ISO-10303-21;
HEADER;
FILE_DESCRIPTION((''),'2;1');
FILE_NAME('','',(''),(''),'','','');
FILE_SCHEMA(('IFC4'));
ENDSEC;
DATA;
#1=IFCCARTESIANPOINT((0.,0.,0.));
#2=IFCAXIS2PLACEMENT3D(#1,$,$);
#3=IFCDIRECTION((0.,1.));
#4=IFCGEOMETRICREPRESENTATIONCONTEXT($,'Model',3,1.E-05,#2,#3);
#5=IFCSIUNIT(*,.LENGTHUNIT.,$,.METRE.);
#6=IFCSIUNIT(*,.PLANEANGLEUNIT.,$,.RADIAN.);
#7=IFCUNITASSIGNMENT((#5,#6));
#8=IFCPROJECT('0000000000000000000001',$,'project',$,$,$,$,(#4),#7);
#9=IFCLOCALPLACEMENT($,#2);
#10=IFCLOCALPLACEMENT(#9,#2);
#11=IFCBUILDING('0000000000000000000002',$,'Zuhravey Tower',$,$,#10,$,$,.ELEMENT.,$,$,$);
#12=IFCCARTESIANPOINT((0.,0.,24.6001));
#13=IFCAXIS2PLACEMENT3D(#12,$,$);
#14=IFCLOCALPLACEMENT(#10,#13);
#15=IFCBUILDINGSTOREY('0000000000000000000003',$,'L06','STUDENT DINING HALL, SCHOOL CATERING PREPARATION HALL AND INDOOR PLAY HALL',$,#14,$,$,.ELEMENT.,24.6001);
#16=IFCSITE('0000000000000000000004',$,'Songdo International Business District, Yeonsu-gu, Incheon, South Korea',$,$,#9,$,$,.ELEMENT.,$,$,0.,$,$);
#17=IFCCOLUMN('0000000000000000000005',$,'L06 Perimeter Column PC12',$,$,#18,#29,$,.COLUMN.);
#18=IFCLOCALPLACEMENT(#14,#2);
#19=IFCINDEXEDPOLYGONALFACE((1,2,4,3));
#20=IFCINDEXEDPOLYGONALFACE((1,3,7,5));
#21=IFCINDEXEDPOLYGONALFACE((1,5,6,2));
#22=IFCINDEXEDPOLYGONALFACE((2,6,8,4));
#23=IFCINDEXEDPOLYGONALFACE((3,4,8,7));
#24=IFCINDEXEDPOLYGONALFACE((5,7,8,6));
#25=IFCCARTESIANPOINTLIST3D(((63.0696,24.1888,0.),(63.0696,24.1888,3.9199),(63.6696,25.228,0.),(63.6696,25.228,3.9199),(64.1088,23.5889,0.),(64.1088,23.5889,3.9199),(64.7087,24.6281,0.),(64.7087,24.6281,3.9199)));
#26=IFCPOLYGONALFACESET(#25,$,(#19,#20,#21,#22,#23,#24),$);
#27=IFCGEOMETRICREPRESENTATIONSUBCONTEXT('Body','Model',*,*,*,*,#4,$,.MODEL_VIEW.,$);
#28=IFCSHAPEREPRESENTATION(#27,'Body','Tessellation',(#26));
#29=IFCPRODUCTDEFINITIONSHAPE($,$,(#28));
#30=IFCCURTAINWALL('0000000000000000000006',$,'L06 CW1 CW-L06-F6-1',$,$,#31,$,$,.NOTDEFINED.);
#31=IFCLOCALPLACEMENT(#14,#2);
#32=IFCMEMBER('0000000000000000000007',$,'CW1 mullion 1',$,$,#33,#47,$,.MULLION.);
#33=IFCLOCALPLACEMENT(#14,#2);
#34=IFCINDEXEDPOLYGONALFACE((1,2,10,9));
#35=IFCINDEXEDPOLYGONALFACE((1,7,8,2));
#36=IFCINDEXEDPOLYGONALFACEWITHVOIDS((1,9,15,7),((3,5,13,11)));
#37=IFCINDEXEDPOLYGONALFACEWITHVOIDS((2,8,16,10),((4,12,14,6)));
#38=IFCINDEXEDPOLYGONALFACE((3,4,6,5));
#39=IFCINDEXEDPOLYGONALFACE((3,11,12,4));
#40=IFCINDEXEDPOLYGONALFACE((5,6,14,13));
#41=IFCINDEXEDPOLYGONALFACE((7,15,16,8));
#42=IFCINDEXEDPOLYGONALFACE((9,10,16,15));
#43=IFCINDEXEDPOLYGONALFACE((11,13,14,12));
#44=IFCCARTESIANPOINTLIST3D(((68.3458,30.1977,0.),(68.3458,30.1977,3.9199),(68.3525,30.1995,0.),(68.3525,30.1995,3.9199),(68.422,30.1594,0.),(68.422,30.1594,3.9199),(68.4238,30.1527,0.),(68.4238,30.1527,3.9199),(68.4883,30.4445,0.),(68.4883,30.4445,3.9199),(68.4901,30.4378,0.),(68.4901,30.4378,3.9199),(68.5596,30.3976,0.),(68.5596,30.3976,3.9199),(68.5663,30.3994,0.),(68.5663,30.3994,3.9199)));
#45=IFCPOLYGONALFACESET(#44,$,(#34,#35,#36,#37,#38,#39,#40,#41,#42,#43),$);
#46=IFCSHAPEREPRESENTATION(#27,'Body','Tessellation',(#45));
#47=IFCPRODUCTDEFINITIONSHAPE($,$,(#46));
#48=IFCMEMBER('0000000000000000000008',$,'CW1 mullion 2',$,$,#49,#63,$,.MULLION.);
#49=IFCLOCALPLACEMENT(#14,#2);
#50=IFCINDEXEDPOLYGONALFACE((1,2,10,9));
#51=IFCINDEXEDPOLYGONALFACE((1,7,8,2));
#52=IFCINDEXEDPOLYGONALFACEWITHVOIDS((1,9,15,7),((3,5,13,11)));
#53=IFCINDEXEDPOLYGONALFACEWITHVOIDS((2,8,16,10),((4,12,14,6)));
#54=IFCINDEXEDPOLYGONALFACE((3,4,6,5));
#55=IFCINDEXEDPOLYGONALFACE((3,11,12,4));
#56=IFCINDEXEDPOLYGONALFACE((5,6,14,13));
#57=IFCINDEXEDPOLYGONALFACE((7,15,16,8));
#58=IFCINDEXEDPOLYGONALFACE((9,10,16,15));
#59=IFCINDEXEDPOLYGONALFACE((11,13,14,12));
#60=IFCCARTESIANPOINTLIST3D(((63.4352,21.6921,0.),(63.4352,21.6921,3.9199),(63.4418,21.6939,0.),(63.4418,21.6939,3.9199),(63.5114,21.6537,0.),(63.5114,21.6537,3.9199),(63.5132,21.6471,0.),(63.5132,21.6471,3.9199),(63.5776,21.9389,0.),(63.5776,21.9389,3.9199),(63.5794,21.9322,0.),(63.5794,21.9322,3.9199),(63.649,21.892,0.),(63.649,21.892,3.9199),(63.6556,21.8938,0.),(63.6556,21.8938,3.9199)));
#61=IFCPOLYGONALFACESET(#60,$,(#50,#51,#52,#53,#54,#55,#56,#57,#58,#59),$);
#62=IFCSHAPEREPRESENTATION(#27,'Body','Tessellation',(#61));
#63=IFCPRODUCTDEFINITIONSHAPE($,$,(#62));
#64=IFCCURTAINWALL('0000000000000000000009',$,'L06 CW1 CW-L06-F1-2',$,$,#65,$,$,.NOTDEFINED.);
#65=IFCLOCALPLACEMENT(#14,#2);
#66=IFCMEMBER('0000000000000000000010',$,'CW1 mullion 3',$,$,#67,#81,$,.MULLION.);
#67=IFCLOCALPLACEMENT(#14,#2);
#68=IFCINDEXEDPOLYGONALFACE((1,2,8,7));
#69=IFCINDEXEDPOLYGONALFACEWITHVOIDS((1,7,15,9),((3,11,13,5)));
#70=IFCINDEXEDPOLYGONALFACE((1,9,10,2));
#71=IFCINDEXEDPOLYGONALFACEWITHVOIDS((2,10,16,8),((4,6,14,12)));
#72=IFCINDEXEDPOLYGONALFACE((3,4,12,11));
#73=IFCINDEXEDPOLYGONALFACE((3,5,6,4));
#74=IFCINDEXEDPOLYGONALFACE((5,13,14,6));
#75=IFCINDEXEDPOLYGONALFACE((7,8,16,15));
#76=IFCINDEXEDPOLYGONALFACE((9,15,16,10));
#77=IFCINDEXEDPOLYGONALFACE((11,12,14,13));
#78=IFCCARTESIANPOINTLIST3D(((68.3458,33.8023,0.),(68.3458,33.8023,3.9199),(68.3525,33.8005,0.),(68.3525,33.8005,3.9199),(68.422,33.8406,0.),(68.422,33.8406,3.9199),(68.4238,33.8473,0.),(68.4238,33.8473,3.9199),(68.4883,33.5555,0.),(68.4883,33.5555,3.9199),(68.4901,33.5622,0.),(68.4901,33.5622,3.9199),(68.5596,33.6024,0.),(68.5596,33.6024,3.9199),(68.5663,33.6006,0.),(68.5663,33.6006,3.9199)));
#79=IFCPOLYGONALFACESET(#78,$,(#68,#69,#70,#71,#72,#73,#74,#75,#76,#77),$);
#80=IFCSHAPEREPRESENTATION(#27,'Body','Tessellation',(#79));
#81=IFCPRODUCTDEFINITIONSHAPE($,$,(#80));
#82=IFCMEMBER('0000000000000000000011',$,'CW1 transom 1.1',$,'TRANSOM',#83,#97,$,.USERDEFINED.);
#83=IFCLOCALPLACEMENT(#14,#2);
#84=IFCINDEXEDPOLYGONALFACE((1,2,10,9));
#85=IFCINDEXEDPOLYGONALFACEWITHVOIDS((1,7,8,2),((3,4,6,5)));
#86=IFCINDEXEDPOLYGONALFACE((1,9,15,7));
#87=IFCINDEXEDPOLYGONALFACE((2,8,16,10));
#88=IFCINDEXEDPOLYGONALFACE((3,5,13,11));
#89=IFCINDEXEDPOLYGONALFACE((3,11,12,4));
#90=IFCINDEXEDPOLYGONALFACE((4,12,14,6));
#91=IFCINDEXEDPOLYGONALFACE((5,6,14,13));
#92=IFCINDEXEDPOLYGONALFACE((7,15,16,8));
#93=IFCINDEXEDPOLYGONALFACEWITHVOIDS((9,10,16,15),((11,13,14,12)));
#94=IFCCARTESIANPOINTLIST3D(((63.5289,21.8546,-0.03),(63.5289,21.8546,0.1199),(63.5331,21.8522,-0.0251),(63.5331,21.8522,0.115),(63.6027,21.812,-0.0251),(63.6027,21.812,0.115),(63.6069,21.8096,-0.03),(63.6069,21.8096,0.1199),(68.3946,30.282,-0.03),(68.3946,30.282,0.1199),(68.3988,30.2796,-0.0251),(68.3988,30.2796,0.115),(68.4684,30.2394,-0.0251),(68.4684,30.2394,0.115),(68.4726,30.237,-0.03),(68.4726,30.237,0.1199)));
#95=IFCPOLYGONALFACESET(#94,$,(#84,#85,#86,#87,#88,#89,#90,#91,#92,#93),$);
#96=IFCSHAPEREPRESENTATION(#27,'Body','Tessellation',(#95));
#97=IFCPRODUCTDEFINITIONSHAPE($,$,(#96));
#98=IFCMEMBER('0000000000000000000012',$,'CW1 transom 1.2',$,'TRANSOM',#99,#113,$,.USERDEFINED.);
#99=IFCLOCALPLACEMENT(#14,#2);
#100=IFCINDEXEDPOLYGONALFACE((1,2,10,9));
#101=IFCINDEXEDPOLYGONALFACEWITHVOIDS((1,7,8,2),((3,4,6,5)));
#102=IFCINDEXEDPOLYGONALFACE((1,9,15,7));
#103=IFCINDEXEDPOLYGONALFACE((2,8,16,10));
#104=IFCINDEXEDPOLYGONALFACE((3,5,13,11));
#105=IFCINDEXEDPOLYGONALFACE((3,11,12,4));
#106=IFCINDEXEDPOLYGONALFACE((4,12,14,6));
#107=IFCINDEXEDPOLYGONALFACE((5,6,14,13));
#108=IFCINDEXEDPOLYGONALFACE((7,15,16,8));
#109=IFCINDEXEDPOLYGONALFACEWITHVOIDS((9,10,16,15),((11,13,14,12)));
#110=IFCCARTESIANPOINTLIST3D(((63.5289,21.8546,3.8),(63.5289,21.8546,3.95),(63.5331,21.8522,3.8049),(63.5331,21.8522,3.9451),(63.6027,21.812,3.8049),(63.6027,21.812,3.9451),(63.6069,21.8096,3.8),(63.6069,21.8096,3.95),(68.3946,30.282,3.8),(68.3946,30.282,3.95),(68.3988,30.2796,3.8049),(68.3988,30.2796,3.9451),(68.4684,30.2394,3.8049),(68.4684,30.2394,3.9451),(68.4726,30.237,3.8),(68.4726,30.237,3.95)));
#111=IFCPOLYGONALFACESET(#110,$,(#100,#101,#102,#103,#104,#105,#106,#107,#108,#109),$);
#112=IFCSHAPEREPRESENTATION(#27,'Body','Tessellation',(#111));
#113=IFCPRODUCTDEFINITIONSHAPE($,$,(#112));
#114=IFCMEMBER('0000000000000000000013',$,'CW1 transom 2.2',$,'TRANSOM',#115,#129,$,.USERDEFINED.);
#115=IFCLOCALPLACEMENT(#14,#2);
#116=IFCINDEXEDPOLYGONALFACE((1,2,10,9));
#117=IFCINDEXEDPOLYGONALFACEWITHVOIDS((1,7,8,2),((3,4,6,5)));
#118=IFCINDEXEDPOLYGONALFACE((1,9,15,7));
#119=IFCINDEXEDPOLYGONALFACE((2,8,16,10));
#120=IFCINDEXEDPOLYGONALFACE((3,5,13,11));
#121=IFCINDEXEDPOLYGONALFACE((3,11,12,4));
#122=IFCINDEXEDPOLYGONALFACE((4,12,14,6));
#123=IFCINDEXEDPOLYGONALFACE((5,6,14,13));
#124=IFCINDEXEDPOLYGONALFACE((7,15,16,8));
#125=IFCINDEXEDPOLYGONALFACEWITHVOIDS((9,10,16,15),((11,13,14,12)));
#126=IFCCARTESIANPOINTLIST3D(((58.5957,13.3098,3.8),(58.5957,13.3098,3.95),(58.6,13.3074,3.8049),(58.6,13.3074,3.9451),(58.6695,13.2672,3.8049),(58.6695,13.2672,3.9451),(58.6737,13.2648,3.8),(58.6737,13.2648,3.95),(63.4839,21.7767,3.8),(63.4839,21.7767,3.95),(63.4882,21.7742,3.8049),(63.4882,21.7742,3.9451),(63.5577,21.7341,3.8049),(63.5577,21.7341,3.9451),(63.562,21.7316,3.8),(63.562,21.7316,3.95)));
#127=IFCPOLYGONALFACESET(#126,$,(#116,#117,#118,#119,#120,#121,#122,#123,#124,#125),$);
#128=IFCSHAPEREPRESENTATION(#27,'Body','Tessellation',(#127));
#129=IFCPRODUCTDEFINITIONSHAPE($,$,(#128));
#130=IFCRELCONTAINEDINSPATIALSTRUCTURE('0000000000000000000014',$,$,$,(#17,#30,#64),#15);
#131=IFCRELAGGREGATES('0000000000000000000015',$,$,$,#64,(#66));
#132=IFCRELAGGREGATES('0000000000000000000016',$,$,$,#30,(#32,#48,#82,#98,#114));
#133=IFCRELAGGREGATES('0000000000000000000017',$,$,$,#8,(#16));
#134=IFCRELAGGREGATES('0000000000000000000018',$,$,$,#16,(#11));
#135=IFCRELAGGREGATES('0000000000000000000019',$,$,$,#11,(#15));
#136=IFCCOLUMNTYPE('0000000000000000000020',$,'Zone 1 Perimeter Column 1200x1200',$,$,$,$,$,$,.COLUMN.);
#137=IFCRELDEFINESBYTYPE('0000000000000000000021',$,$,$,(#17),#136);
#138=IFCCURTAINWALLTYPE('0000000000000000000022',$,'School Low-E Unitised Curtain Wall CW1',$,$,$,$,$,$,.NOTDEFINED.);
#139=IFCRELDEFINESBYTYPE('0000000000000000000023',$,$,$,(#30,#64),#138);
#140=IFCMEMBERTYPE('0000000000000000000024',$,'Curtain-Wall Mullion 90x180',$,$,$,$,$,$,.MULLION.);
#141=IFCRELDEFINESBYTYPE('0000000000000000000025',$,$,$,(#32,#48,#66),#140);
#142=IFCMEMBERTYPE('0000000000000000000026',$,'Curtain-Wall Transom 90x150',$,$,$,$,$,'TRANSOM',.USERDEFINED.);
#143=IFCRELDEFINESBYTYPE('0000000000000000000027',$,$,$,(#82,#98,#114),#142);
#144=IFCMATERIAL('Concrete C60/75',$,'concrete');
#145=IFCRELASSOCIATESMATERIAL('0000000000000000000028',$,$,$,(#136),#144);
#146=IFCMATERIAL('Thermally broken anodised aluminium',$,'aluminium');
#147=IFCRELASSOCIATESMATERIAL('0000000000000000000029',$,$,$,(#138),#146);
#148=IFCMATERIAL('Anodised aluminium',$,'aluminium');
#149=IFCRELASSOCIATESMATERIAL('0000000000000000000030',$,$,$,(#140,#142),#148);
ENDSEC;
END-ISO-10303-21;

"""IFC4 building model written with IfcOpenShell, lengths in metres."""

from ifc_helpers import new_model, si_unit, direction, frame, origin, origin_2d, place, context, subcontext, project, spatial, rectangle, hollow_rectangle, extrude, material, material_profile, profile_set, type_object, element, aggregate, save


model = new_model("IFC4")

# Units and contexts
model_context = context("Model", 3, precision=1e-05, world=origin(), true_north=direction((0.0, 1.0)))
body_context = subcontext(model_context, "Body", "Model", "MODEL_VIEW")
ifc_project = project(units=[si_unit("LENGTHUNIT", "METRE"), si_unit("PLANEANGLEUNIT", "RADIAN")], contexts=[model_context])

# Site, building, storey
site_placement = place(None, origin())
site = spatial("IfcSite", under=ifc_project, at=site_placement, Name="Songdo International Business District, Yeonsu-gu, Incheon, South Korea", CompositionType="ELEMENT", RefElevation=0.0)
building_placement = place(site_placement, origin())
building = spatial("IfcBuilding", under=site, at=building_placement, Name="Zuhravey Tower", CompositionType="ELEMENT")
storey_placement = place(building_placement, frame((0.0, 0.0, 24.6001)))
storey = spatial("IfcBuildingStorey", under=building, at=storey_placement, Name="L06", Description="STUDENT DINING HALL, SCHOOL CATERING PREPARATION HALL AND INDOOR PLAY HALL", CompositionType="ELEMENT", Elevation=24.6001)

# Column
ifc_material_1 = material(Name="Concrete C60/75", Category="concrete")
ifc_material_profile_1 = material_profile(ifc_material_1, rectangle(XDim=1.2, YDim=1.2, at=origin_2d()), Name="RC-1200x1200")
ifc_profile_set_1 = profile_set([ifc_material_profile_1], Name="Concrete C60/75")
column_type = type_object("IfcColumnType", Name="Zone 1 Perimeter Column 1200x1200", PredefinedType="COLUMN", material=ifc_profile_set_1)
column_placement = place(storey_placement, frame((63.8892, 24.4084, 0.0), z_axis=(0.0, 0.0, 1.0), x_axis=(0.5, 0.866025, 0.0)))
element("IfcColumn", 1, at=column_placement, inside=storey, type_object=column_type, Name="L06 Perimeter Column PC12", PredefinedType="COLUMN", context=body_context, shape_type="SweptSolid", body=[
    extrude(rectangle(XDim=1.2, YDim=1.2, at=origin_2d()), origin(), (0.0, 0.0, 1.0), 3.9199),
])

# Curtain wall, members
ifc_material_2 = material(Name="Thermally broken anodised aluminium", Category="aluminium")
curtain_wall_type = type_object("IfcCurtainWallType", Name="School Low-E Unitised Curtain Wall CW1", PredefinedType="NOTDEFINED", material=ifc_material_2)
curtain_wall_1_placement = place(storey_placement, origin())
curtain_wall_1 = element("IfcCurtainWall", 2, at=curtain_wall_1_placement, inside=storey, type_object=curtain_wall_type, Name="L06 CW1 CW-L06-F6-1", PredefinedType="NOTDEFINED")
ifc_material_3 = material(Name="Anodised aluminium", Category="aluminium")
ifc_material_profile_2 = material_profile(ifc_material_3, hollow_rectangle(XDim=0.0901, YDim=0.2849, WallThickness=0.0049, at=origin_2d()), Name="ALU-RHS-90x285x5")
ifc_profile_set_2 = profile_set([ifc_material_profile_2], Name="Anodised aluminium")
member_type_1 = type_object("IfcMemberType", Name="Curtain-Wall Mullion 90x180", PredefinedType="MULLION", material=ifc_profile_set_2)
member_1_placement = place(storey_placement, frame((68.4561, 30.2986, 0.0), z_axis=(0.0, 0.0, 1.0), x_axis=(0.866026, -0.5, 0.0)))
member_1 = element("IfcMember", 3, at=member_1_placement, type_object=member_type_1, Name="CW1 mullion 1", PredefinedType="MULLION", context=body_context, shape_type="SweptSolid", body=[
    extrude(hollow_rectangle(XDim=0.0901, YDim=0.2849, WallThickness=0.0049, at=origin_2d()), origin(), (0.0, 0.0, 1.0), 3.9199),
])
member_2_placement = place(storey_placement, frame((63.5454, 21.793, 0.0), z_axis=(0.0, 0.0, 1.0), x_axis=(0.866026, -0.5, 0.0)))
member_2 = element("IfcMember", 4, at=member_2_placement, type_object=member_type_1, Name="CW1 mullion 2", PredefinedType="MULLION", context=body_context, shape_type="SweptSolid", body=[
    extrude(hollow_rectangle(XDim=0.0901, YDim=0.2849, WallThickness=0.0049, at=origin_2d()), origin(), (0.0, 0.0, 1.0), 3.9199),
])

# Curtain wall, member
curtain_wall_2_placement = place(storey_placement, origin())
curtain_wall_2 = element("IfcCurtainWall", 5, at=curtain_wall_2_placement, inside=storey, type_object=curtain_wall_type, Name="L06 CW1 CW-L06-F1-2", PredefinedType="NOTDEFINED")
member_3_placement = place(storey_placement, frame((68.4561, 33.7014, 0.0), z_axis=(0.0, 0.0, 1.0), x_axis=(0.866025, 0.500001, 0.0)))
member_3 = element("IfcMember", 6, at=member_3_placement, type_object=member_type_1, Name="CW1 mullion 3", PredefinedType="MULLION", context=body_context, shape_type="SweptSolid", body=[
    extrude(hollow_rectangle(XDim=0.0901, YDim=0.2849, WallThickness=0.0049, at=origin_2d()), origin(), (0.0, 0.0, 1.0), 3.9199),
])
aggregate(curtain_wall_2, [member_3])

# Members
ifc_material_profile_3 = material_profile(ifc_material_3, hollow_rectangle(XDim=0.0901, YDim=0.1499, WallThickness=0.0049, at=origin_2d()), Name="ALU-RHS-90x150x5")
ifc_profile_set_3 = profile_set([ifc_material_profile_3], Name="Anodised aluminium")
member_type_2 = type_object("IfcMemberType", Name="Curtain-Wall Transom 90x150", ElementType="TRANSOM", PredefinedType="USERDEFINED", material=ifc_profile_set_3)
member_4_placement = place(storey_placement, frame((68.4336, 30.2595, 0.0449), z_axis=(-0.500008, -0.866021, 0.0), x_axis=(0.866021, -0.500008, 0.0)))
member_4 = element("IfcMember", 7, at=member_4_placement, type_object=member_type_2, Name="CW1 transom 1.1", ObjectType="TRANSOM", PredefinedType="USERDEFINED", context=body_context, shape_type="SweptSolid", body=[
    extrude(hollow_rectangle(XDim=0.0901, YDim=0.1499, WallThickness=0.0049, at=origin_2d()), origin(), (0.0, 0.0, 1.0), 9.7312),
])
member_5_placement = place(storey_placement, frame((68.4336, 30.2595, 3.875), z_axis=(-0.500008, -0.866021, 0.0), x_axis=(0.866021, -0.500008, 0.0)))
member_5 = element("IfcMember", 8, at=member_5_placement, type_object=member_type_2, Name="CW1 transom 1.2", ObjectType="TRANSOM", PredefinedType="USERDEFINED", context=body_context, shape_type="SweptSolid", body=[
    extrude(hollow_rectangle(XDim=0.0901, YDim=0.1499, WallThickness=0.0049, at=origin_2d()), origin(), (0.0, 0.0, 1.0), 9.7312),
])
member_6_placement = place(storey_placement, frame((63.5229, 21.7542, 3.875), z_axis=(-0.49999, -0.866031, 0.0), x_axis=(0.866031, -0.49999, 0.0)))
member_6 = element("IfcMember", 9, at=member_6_placement, type_object=member_type_2, Name="CW1 transom 2.2", ObjectType="TRANSOM", PredefinedType="USERDEFINED", context=body_context, shape_type="SweptSolid", body=[
    extrude(hollow_rectangle(XDim=0.0901, YDim=0.1499, WallThickness=0.0049, at=origin_2d()), origin(), (0.0, 0.0, 1.0), 9.7766),
])

aggregate(curtain_wall_1, [member_1, member_2, member_4, member_5, member_6])

save(model, "model.ifc")
